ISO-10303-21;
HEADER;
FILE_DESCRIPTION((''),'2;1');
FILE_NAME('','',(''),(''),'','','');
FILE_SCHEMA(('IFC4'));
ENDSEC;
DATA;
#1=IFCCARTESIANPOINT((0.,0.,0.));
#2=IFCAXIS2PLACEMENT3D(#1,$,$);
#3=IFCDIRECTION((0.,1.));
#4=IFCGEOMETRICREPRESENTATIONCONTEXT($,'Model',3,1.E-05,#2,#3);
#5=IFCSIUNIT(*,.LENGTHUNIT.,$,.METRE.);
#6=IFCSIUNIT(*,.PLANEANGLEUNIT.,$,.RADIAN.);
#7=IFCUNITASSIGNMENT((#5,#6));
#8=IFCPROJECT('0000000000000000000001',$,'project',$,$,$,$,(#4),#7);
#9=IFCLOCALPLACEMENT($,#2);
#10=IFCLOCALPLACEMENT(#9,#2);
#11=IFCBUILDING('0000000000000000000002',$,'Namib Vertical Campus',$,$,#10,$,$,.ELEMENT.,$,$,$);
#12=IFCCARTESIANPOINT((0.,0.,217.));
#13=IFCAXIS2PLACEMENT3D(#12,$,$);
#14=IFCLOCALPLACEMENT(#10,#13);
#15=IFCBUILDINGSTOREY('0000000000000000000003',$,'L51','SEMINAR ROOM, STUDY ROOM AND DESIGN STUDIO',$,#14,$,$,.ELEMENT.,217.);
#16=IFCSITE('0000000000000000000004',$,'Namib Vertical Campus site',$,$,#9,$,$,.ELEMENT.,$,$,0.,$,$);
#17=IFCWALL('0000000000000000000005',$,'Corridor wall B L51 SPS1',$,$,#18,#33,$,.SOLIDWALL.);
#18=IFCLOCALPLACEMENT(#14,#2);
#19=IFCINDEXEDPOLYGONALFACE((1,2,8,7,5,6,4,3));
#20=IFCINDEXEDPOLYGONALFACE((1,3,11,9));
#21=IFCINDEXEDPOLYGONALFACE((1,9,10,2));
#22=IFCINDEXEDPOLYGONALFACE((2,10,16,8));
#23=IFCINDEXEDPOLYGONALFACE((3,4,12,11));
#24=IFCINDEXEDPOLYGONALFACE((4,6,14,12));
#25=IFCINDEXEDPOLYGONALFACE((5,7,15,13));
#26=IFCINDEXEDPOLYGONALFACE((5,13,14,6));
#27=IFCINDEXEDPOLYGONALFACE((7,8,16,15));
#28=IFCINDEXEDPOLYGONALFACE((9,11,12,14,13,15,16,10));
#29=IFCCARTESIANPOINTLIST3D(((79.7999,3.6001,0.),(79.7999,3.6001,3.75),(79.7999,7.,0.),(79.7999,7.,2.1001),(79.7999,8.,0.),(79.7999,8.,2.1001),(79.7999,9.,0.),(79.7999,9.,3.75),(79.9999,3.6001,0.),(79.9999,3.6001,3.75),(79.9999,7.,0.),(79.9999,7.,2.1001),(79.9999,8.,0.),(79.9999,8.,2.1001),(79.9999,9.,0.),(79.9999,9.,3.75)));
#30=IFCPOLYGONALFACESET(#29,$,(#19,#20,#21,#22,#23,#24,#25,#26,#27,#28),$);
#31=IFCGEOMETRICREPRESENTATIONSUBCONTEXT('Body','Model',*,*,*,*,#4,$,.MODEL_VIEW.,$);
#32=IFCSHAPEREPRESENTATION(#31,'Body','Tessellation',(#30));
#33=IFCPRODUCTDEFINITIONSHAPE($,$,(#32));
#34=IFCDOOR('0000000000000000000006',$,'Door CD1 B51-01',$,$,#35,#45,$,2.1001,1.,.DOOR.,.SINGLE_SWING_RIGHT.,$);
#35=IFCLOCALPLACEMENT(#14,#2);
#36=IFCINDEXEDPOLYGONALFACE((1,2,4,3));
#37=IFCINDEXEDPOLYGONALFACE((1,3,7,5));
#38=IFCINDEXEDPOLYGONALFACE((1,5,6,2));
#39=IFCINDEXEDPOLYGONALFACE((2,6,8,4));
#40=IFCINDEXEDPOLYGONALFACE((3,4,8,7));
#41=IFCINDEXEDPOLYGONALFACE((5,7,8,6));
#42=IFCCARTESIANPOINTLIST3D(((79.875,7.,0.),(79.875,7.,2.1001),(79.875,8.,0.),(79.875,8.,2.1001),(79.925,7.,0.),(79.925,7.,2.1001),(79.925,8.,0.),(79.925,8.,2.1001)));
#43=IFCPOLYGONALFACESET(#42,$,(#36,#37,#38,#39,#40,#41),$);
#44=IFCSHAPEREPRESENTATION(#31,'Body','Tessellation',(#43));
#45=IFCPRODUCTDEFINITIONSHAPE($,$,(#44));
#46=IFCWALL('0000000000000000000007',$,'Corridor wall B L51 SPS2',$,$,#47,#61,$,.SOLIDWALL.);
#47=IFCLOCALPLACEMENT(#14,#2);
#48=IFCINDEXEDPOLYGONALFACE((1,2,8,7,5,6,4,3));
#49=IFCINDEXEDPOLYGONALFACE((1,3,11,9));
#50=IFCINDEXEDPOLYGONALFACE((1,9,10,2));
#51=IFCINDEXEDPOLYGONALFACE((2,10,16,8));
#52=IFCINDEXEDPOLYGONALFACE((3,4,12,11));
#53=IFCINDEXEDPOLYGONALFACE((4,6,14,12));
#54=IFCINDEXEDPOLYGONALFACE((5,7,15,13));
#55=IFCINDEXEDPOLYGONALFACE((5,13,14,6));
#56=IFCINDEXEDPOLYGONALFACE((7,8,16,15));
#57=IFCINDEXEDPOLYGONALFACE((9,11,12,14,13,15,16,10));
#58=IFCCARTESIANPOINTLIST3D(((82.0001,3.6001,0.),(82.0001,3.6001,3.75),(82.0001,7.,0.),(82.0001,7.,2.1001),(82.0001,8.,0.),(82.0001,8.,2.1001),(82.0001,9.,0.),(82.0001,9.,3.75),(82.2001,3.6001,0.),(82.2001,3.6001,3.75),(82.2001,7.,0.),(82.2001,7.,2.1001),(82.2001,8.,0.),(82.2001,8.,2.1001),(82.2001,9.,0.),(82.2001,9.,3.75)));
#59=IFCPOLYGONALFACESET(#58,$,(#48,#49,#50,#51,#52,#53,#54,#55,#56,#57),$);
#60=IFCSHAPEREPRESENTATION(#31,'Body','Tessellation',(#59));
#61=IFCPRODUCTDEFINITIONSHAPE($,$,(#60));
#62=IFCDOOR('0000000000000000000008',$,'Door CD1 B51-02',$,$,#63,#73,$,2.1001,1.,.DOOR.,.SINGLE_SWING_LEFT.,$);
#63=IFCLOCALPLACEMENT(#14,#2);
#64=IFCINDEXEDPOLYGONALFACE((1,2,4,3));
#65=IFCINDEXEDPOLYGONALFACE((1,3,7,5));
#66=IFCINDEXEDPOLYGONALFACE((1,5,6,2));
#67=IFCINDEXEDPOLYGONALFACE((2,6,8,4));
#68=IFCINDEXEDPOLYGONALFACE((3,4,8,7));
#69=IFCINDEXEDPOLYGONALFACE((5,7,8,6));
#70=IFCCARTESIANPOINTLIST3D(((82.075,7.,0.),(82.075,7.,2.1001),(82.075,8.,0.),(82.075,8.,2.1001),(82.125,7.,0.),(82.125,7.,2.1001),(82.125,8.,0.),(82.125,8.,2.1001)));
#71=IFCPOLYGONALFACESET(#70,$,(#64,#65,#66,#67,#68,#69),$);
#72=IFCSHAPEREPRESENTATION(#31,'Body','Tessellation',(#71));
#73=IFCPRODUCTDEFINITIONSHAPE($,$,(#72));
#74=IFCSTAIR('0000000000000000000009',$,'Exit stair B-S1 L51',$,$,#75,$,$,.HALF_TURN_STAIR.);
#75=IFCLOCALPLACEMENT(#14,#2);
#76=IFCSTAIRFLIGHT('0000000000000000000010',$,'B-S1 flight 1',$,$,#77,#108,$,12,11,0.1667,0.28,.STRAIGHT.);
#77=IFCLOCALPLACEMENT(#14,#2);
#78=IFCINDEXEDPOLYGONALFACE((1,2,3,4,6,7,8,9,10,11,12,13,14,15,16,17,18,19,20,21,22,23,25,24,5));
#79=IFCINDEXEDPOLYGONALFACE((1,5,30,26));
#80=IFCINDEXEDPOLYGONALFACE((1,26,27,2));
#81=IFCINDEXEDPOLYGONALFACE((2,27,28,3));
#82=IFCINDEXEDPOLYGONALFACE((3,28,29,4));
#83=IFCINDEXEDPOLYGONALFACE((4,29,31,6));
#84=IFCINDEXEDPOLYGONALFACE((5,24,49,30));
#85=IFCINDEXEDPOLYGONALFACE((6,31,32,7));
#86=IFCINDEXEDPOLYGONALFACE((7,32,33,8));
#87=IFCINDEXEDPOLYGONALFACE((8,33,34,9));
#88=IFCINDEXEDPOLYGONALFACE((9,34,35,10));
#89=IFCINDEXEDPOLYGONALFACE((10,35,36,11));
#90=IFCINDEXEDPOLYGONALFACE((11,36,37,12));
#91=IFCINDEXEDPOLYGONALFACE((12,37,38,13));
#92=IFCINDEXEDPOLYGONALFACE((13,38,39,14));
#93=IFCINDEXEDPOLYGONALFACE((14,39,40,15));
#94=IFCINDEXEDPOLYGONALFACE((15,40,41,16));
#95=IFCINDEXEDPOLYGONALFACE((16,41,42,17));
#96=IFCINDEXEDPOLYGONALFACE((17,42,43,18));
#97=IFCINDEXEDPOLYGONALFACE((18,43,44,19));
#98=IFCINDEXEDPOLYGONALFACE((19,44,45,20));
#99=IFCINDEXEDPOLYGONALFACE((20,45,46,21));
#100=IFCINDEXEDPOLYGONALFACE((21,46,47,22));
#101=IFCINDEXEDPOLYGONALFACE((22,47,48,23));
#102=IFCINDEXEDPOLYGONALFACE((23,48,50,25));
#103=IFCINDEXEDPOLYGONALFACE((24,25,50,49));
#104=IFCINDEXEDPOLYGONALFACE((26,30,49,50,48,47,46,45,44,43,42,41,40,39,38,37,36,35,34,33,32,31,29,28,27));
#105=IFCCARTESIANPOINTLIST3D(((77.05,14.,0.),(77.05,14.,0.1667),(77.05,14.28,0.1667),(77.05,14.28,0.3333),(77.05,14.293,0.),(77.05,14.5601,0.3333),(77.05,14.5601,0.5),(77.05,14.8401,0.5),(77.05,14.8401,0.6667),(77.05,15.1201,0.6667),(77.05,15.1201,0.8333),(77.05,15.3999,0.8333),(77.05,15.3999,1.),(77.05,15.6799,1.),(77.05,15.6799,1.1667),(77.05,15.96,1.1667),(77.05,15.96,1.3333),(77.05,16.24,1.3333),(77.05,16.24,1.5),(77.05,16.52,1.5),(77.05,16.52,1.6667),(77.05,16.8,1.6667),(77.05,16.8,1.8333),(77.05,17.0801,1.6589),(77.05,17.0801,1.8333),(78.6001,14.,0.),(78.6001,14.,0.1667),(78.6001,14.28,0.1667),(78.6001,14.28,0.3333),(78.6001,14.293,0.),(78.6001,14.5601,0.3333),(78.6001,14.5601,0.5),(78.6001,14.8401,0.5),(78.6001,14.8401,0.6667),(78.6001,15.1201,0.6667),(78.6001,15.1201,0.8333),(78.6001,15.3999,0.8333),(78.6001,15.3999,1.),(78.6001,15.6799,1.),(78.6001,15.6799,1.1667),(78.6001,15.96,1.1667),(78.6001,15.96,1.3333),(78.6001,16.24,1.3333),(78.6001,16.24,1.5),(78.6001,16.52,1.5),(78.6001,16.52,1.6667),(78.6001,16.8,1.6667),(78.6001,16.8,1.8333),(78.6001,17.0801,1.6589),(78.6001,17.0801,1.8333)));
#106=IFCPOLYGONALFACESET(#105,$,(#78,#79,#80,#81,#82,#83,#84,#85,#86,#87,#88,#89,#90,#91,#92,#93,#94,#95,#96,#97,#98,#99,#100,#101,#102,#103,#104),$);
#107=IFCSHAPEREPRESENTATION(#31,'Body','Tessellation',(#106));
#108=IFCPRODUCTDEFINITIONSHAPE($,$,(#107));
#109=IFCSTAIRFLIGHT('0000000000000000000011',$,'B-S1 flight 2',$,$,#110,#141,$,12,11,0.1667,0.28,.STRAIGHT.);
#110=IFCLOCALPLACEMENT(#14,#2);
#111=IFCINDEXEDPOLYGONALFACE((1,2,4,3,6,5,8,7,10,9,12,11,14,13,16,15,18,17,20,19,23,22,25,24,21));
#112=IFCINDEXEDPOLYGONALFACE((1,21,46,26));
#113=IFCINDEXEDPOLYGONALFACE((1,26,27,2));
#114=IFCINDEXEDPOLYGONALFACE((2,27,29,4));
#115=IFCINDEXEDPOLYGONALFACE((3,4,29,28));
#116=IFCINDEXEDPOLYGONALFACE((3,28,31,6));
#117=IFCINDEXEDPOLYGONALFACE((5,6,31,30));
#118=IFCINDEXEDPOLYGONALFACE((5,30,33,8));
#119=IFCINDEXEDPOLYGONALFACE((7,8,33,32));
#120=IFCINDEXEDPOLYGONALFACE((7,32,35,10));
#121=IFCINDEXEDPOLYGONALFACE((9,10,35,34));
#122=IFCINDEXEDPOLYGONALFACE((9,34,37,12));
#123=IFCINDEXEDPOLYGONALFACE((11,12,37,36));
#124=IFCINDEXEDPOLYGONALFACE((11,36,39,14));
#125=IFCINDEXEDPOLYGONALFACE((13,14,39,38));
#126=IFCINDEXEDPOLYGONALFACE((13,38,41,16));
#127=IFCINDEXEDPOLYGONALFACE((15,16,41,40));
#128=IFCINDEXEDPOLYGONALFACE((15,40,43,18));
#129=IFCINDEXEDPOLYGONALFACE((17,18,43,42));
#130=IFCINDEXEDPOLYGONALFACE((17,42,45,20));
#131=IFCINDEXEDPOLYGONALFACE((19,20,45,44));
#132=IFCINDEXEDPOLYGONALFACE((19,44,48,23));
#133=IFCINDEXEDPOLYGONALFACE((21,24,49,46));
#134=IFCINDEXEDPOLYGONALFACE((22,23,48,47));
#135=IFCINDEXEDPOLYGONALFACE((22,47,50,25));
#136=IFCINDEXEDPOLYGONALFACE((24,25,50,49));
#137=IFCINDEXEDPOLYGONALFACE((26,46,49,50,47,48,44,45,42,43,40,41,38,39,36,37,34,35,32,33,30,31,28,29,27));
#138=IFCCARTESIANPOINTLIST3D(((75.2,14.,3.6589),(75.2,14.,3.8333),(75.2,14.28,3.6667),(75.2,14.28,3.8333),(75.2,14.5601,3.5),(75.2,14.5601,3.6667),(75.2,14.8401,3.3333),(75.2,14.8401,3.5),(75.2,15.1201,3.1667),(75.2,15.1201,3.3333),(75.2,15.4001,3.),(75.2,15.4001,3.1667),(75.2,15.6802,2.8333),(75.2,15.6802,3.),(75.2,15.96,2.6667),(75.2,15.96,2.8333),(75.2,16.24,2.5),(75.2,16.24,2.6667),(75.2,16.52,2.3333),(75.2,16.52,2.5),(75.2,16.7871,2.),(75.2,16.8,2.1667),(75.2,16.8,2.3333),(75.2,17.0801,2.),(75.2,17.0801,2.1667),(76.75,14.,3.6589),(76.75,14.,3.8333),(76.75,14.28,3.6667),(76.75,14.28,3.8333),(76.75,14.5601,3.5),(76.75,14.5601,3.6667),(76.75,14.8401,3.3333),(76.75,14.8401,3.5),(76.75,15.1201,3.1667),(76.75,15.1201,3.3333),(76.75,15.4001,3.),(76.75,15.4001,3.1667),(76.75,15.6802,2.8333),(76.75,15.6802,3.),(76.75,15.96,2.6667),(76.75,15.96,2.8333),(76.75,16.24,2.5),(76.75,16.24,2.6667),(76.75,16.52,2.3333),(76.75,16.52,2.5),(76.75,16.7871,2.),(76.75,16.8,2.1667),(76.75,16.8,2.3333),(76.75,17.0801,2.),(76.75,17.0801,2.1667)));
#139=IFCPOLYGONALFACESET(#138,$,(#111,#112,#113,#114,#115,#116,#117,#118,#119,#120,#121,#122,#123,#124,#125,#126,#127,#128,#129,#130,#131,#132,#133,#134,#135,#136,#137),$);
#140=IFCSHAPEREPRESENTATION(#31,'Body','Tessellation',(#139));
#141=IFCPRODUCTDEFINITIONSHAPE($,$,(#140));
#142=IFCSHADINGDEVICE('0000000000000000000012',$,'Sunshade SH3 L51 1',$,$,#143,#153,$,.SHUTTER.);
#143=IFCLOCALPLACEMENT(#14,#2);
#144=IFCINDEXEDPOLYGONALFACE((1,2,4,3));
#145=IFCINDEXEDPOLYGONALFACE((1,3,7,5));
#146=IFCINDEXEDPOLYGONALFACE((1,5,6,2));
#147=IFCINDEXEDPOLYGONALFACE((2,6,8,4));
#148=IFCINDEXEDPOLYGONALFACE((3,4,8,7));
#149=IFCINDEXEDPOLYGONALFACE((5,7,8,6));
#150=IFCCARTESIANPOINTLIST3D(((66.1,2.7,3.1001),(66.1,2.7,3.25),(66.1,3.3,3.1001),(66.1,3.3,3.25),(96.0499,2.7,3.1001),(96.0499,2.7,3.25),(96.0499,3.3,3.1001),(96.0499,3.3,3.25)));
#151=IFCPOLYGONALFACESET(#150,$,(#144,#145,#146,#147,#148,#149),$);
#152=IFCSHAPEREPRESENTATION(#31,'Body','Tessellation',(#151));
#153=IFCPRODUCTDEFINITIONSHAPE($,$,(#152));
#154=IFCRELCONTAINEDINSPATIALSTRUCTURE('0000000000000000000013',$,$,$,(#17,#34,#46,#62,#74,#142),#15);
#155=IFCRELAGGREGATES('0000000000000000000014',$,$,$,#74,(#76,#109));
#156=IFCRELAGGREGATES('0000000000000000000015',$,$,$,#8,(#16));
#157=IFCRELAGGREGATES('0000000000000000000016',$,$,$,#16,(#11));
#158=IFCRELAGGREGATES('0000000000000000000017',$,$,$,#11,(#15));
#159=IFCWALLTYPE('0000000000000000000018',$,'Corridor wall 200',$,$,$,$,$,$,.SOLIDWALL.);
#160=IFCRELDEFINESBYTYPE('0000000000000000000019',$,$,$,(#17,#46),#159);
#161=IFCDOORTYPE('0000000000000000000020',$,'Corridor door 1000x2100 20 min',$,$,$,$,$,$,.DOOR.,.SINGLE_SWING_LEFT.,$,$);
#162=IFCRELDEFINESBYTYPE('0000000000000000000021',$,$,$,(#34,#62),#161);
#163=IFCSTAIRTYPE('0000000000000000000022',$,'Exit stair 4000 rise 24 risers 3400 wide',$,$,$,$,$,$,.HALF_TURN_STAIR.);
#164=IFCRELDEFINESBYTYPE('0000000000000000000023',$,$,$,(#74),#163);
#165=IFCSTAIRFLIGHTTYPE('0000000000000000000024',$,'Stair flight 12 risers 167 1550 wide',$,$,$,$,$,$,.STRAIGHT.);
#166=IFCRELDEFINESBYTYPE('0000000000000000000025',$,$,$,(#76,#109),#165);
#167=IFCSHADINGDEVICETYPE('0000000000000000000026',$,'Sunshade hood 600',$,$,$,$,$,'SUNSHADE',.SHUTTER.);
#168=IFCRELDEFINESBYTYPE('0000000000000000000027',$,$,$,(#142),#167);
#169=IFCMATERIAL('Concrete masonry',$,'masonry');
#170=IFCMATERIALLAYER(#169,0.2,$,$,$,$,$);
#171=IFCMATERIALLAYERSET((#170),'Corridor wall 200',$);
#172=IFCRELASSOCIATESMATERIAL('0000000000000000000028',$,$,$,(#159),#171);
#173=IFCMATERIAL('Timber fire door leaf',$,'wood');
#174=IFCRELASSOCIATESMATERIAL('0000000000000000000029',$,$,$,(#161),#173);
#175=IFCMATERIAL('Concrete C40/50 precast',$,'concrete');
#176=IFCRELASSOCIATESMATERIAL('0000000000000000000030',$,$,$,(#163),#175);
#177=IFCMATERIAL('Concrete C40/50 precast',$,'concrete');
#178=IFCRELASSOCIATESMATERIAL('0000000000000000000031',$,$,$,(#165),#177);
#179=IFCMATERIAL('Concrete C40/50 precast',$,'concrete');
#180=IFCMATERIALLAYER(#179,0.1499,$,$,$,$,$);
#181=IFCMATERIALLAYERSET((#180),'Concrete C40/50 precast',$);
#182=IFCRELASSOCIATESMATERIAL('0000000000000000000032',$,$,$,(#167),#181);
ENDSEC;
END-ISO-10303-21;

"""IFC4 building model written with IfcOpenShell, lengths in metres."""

from ifc_helpers import new_model, si_unit, direction, frame, frame_2d, origin, origin_2d, place, context, subcontext, project, spatial, polyline, rectangle, outline, extrude, material, layer, layer_set, type_object, element, fill, aggregate, save


model = new_model("IFC4")

# Units and contexts
model_context = context("Model", 3, precision=1e-05, world=origin(), true_north=direction((0.0, 1.0)))
body_context = subcontext(model_context, "Body", "Model", "MODEL_VIEW")
ifc_project = project(units=[si_unit("LENGTHUNIT", "METRE"), si_unit("PLANEANGLEUNIT", "RADIAN")], contexts=[model_context])

# Site, building, storey
site_placement = place(None, origin())
site = spatial("IfcSite", under=ifc_project, at=site_placement, Name="Namib Vertical Campus site", CompositionType="ELEMENT", RefElevation=0.0)
building_placement = place(site_placement, origin())
building = spatial("IfcBuilding", under=site, at=building_placement, Name="Namib Vertical Campus", CompositionType="ELEMENT")
storey_placement = place(building_placement, frame((0.0, 0.0, 217.0)))
storey = spatial("IfcBuildingStorey", under=building, at=storey_placement, Name="L51", Description="SEMINAR ROOM, STUDY ROOM AND DESIGN STUDIO", CompositionType="ELEMENT", Elevation=217.0)

# Walls, openings, doors
ifc_material_1 = material(Name="Concrete masonry", Category="masonry")
ifc_layer_1 = layer(ifc_material_1, 0.2)
ifc_layer_set_1 = layer_set([ifc_layer_1], Name="Corridor wall 200")
wall_type_1 = type_object("IfcWallType", Name="Corridor wall 200", PredefinedType="SOLIDWALL", material=ifc_layer_set_1)
wall_1_placement = place(storey_placement, frame((79.8999, 3.6001, 0.0), z_axis=(0.0, 0.0, 1.0), x_axis=(0.0, 1.0, 0.0)))
wall_1 = element("IfcWall", 1, at=wall_1_placement, inside=storey, type_object=wall_type_1, Name="Corridor wall B L51 SPS1", PredefinedType="SOLIDWALL", context=body_context, shape_type="SweptSolid", body=[
    extrude(rectangle(XDim=5.3999, YDim=0.2, at=frame_2d((2.7, 0.0))), origin(), (0.0, 0.0, 1.0), 3.75),
])
opening_1_placement = place(wall_1_placement, frame((3.3999, 0.0, 0.0)))
opening_1 = element("IfcOpeningElement", 2, at=opening_1_placement, cuts=wall_1, PredefinedType="OPENING", context=body_context, shape_type="SweptSolid", body=[
    extrude(rectangle(XDim=1.0, YDim=2.1001, at=frame_2d((0.5, 1.05))), frame((0.0, 0.1099, 0.0), z_axis=(0.0, -1.0, 0.0), x_axis=(1.0, 0.0, 0.0)), (0.0, 0.0, 1.0), 0.22),
])
ifc_material_2 = material(Name="Timber fire door leaf", Category="wood")
door_type_1 = type_object("IfcDoorType", Name="Corridor door 1000x2100 20 min", OperationType="SINGLE_SWING_LEFT", PredefinedType="DOOR", material=ifc_material_2)
door_1_placement = place(opening_1_placement, origin())
door_1 = element("IfcDoor", 3, at=door_1_placement, inside=storey, type_object=door_type_1, Name="Door CD1 B51-01", OperationType="SINGLE_SWING_RIGHT", OverallHeight=2.1001, OverallWidth=1.0, PredefinedType="DOOR", context=body_context, shape_type="SweptSolid", body=[
    extrude(rectangle(XDim=1.0, YDim=2.1001, at=frame_2d((0.5, 1.05))), frame((0.0, 0.0249, 0.0), z_axis=(0.0, -1.0, 0.0), x_axis=(1.0, 0.0, 0.0)), (0.0, 0.0, 1.0), 0.05),
])
fill(opening_1, door_1)
wall_2_placement = place(storey_placement, frame((82.1001, 9.0, 0.0), z_axis=(0.0, 0.0, 1.0), x_axis=(0.0, -1.0, 0.0)))
wall_2 = element("IfcWall", 4, at=wall_2_placement, inside=storey, type_object=wall_type_1, Name="Corridor wall B L51 SPS2", PredefinedType="SOLIDWALL", context=body_context, shape_type="SweptSolid", body=[
    extrude(rectangle(XDim=5.3999, YDim=0.2, at=frame_2d((2.7, 0.0))), origin(), (0.0, 0.0, 1.0), 3.75),
])
opening_2_placement = place(wall_2_placement, frame((1.0, 0.0, 0.0)))
opening_2 = element("IfcOpeningElement", 5, at=opening_2_placement, cuts=wall_2, PredefinedType="OPENING", context=body_context, shape_type="SweptSolid", body=[
    extrude(rectangle(XDim=1.0, YDim=2.1001, at=frame_2d((0.5, 1.05))), frame((0.0, 0.1099, 0.0), z_axis=(0.0, -1.0, 0.0), x_axis=(1.0, 0.0, 0.0)), (0.0, 0.0, 1.0), 0.22),
])
door_2_placement = place(opening_2_placement, origin())
door_2 = element("IfcDoor", 6, at=door_2_placement, inside=storey, type_object=door_type_1, Name="Door CD1 B51-02", OperationType="SINGLE_SWING_LEFT", OverallHeight=2.1001, OverallWidth=1.0, PredefinedType="DOOR", context=body_context, shape_type="SweptSolid", body=[
    extrude(rectangle(XDim=1.0, YDim=2.1001, at=frame_2d((0.5, 1.05))), frame((0.0, 0.0249, 0.0), z_axis=(0.0, -1.0, 0.0), x_axis=(1.0, 0.0, 0.0)), (0.0, 0.0, 1.0), 0.05),
])
fill(opening_2, door_2)

# Stair, stair flights
ifc_material_3 = material(Name="Concrete C40/50 precast", Category="concrete")
stair_type = type_object("IfcStairType", Name="Exit stair 4000 rise 24 risers 3400 wide", PredefinedType="HALF_TURN_STAIR", material=ifc_material_3)
stair_placement = place(storey_placement, origin())
stair = element("IfcStair", 7, at=stair_placement, inside=storey, type_object=stair_type, Name="Exit stair B-S1 L51", PredefinedType="HALF_TURN_STAIR")
ifc_material_4 = material(Name="Concrete C40/50 precast", Category="concrete")
stair_flight_type = type_object("IfcStairFlightType", Name="Stair flight 12 risers 167 1550 wide", PredefinedType="STRAIGHT", material=ifc_material_4)
stair_flight_1_placement = place(storey_placement, frame((77.825, 14.0, 0.0), z_axis=(0.0, 0.0, 1.0), x_axis=(0.0, 1.0, 0.0)))
stair_flight_1 = element("IfcStairFlight", 8, at=stair_flight_1_placement, type_object=stair_flight_type, Name="B-S1 flight 1", NumberOfRisers=12, NumberOfTreads=11, PredefinedType="STRAIGHT", RiserHeight=0.1667, TreadLength=0.28, context=body_context, shape_type="SweptSolid", body=[
    extrude(outline(polyline([(0.0, 0.0), (0.0, 0.1667), (0.28, 0.1667), (0.28, 0.3333), (0.5601, 0.3333), (0.5601, 0.5), (0.8401, 0.5), (0.8401, 0.6667), (1.1201, 0.6667), (1.1201, 0.8333), (1.3999, 0.8333), (1.3999, 1.0), (1.6799, 1.0), (1.6799, 1.1667), (1.96, 1.1667), (1.96, 1.3333), (2.24, 1.3333), (2.24, 1.5), (2.52, 1.5), (2.52, 1.6667), (2.8, 1.6667), (2.8, 1.8333), (3.0801, 1.8333), (3.0801, 2.0), (3.0801, 1.6589), (0.293, 0.0), (0.0, 0.0)])), frame((0.0, 0.7749, 0.0), z_axis=(0.0, -1.0, 0.0), x_axis=(1.0, 0.0, 0.0)), (0.0, 0.0, 1.0), 1.55),
])
stair_flight_2_placement = place(storey_placement, frame((75.9751, 17.0801, 2.0), z_axis=(0.0, 0.0, 1.0), x_axis=(0.0, -1.0, 0.0)))
stair_flight_2 = element("IfcStairFlight", 9, at=stair_flight_2_placement, type_object=stair_flight_type, Name="B-S1 flight 2", NumberOfRisers=12, NumberOfTreads=11, PredefinedType="STRAIGHT", RiserHeight=0.1667, TreadLength=0.28, context=body_context, shape_type="SweptSolid", body=[
    extrude(outline(polyline([(0.0, 0.0), (0.0, 0.1667), (0.28, 0.1667), (0.28, 0.3333), (0.5601, 0.3333), (0.5601, 0.5), (0.8401, 0.5), (0.8401, 0.6667), (1.1201, 0.6667), (1.1201, 0.8333), (1.3999, 0.8333), (1.3999, 1.0), (1.6799, 1.0), (1.6799, 1.1667), (1.96, 1.1667), (1.96, 1.3333), (2.24, 1.3333), (2.24, 1.5), (2.52, 1.5), (2.52, 1.6667), (2.8, 1.6667), (2.8, 1.8333), (3.0801, 1.8333), (3.0801, 2.0), (3.0801, 1.6589), (0.293, 0.0), (0.0, 0.0)])), frame((0.0, 0.7749, 0.0), z_axis=(0.0, -1.0, 0.0), x_axis=(1.0, 0.0, 0.0)), (0.0, 0.0, 1.0), 1.55),
])
aggregate(stair, [stair_flight_1, stair_flight_2])

# Shading device
ifc_material_5 = material(Name="Concrete C40/50 precast", Category="concrete")
ifc_layer_2 = layer(ifc_material_5, 0.1499)
ifc_layer_set_2 = layer_set([ifc_layer_2], Name="Concrete C40/50 precast")
shading_device_type = type_object("IfcShadingDeviceType", Name="Sunshade hood 600", ElementType="SUNSHADE", PredefinedType="SHUTTER", material=ifc_layer_set_2)
shading_device_placement = place(storey_placement, frame((81.075, 3.0, 3.1001), z_axis=(0.0, 0.0, 1.0), x_axis=(1.0, 0.0, 0.0)))
element("IfcShadingDevice", 10, at=shading_device_placement, inside=storey, type_object=shading_device_type, Name="Sunshade SH3 L51 1", PredefinedType="SHUTTER", context=body_context, shape_type="SweptSolid", body=[
    extrude(rectangle(XDim=29.95, YDim=0.6001, at=origin_2d()), origin(), (0.0, 0.0, 1.0), 0.1499),
])

save(model, "model.ifc")
